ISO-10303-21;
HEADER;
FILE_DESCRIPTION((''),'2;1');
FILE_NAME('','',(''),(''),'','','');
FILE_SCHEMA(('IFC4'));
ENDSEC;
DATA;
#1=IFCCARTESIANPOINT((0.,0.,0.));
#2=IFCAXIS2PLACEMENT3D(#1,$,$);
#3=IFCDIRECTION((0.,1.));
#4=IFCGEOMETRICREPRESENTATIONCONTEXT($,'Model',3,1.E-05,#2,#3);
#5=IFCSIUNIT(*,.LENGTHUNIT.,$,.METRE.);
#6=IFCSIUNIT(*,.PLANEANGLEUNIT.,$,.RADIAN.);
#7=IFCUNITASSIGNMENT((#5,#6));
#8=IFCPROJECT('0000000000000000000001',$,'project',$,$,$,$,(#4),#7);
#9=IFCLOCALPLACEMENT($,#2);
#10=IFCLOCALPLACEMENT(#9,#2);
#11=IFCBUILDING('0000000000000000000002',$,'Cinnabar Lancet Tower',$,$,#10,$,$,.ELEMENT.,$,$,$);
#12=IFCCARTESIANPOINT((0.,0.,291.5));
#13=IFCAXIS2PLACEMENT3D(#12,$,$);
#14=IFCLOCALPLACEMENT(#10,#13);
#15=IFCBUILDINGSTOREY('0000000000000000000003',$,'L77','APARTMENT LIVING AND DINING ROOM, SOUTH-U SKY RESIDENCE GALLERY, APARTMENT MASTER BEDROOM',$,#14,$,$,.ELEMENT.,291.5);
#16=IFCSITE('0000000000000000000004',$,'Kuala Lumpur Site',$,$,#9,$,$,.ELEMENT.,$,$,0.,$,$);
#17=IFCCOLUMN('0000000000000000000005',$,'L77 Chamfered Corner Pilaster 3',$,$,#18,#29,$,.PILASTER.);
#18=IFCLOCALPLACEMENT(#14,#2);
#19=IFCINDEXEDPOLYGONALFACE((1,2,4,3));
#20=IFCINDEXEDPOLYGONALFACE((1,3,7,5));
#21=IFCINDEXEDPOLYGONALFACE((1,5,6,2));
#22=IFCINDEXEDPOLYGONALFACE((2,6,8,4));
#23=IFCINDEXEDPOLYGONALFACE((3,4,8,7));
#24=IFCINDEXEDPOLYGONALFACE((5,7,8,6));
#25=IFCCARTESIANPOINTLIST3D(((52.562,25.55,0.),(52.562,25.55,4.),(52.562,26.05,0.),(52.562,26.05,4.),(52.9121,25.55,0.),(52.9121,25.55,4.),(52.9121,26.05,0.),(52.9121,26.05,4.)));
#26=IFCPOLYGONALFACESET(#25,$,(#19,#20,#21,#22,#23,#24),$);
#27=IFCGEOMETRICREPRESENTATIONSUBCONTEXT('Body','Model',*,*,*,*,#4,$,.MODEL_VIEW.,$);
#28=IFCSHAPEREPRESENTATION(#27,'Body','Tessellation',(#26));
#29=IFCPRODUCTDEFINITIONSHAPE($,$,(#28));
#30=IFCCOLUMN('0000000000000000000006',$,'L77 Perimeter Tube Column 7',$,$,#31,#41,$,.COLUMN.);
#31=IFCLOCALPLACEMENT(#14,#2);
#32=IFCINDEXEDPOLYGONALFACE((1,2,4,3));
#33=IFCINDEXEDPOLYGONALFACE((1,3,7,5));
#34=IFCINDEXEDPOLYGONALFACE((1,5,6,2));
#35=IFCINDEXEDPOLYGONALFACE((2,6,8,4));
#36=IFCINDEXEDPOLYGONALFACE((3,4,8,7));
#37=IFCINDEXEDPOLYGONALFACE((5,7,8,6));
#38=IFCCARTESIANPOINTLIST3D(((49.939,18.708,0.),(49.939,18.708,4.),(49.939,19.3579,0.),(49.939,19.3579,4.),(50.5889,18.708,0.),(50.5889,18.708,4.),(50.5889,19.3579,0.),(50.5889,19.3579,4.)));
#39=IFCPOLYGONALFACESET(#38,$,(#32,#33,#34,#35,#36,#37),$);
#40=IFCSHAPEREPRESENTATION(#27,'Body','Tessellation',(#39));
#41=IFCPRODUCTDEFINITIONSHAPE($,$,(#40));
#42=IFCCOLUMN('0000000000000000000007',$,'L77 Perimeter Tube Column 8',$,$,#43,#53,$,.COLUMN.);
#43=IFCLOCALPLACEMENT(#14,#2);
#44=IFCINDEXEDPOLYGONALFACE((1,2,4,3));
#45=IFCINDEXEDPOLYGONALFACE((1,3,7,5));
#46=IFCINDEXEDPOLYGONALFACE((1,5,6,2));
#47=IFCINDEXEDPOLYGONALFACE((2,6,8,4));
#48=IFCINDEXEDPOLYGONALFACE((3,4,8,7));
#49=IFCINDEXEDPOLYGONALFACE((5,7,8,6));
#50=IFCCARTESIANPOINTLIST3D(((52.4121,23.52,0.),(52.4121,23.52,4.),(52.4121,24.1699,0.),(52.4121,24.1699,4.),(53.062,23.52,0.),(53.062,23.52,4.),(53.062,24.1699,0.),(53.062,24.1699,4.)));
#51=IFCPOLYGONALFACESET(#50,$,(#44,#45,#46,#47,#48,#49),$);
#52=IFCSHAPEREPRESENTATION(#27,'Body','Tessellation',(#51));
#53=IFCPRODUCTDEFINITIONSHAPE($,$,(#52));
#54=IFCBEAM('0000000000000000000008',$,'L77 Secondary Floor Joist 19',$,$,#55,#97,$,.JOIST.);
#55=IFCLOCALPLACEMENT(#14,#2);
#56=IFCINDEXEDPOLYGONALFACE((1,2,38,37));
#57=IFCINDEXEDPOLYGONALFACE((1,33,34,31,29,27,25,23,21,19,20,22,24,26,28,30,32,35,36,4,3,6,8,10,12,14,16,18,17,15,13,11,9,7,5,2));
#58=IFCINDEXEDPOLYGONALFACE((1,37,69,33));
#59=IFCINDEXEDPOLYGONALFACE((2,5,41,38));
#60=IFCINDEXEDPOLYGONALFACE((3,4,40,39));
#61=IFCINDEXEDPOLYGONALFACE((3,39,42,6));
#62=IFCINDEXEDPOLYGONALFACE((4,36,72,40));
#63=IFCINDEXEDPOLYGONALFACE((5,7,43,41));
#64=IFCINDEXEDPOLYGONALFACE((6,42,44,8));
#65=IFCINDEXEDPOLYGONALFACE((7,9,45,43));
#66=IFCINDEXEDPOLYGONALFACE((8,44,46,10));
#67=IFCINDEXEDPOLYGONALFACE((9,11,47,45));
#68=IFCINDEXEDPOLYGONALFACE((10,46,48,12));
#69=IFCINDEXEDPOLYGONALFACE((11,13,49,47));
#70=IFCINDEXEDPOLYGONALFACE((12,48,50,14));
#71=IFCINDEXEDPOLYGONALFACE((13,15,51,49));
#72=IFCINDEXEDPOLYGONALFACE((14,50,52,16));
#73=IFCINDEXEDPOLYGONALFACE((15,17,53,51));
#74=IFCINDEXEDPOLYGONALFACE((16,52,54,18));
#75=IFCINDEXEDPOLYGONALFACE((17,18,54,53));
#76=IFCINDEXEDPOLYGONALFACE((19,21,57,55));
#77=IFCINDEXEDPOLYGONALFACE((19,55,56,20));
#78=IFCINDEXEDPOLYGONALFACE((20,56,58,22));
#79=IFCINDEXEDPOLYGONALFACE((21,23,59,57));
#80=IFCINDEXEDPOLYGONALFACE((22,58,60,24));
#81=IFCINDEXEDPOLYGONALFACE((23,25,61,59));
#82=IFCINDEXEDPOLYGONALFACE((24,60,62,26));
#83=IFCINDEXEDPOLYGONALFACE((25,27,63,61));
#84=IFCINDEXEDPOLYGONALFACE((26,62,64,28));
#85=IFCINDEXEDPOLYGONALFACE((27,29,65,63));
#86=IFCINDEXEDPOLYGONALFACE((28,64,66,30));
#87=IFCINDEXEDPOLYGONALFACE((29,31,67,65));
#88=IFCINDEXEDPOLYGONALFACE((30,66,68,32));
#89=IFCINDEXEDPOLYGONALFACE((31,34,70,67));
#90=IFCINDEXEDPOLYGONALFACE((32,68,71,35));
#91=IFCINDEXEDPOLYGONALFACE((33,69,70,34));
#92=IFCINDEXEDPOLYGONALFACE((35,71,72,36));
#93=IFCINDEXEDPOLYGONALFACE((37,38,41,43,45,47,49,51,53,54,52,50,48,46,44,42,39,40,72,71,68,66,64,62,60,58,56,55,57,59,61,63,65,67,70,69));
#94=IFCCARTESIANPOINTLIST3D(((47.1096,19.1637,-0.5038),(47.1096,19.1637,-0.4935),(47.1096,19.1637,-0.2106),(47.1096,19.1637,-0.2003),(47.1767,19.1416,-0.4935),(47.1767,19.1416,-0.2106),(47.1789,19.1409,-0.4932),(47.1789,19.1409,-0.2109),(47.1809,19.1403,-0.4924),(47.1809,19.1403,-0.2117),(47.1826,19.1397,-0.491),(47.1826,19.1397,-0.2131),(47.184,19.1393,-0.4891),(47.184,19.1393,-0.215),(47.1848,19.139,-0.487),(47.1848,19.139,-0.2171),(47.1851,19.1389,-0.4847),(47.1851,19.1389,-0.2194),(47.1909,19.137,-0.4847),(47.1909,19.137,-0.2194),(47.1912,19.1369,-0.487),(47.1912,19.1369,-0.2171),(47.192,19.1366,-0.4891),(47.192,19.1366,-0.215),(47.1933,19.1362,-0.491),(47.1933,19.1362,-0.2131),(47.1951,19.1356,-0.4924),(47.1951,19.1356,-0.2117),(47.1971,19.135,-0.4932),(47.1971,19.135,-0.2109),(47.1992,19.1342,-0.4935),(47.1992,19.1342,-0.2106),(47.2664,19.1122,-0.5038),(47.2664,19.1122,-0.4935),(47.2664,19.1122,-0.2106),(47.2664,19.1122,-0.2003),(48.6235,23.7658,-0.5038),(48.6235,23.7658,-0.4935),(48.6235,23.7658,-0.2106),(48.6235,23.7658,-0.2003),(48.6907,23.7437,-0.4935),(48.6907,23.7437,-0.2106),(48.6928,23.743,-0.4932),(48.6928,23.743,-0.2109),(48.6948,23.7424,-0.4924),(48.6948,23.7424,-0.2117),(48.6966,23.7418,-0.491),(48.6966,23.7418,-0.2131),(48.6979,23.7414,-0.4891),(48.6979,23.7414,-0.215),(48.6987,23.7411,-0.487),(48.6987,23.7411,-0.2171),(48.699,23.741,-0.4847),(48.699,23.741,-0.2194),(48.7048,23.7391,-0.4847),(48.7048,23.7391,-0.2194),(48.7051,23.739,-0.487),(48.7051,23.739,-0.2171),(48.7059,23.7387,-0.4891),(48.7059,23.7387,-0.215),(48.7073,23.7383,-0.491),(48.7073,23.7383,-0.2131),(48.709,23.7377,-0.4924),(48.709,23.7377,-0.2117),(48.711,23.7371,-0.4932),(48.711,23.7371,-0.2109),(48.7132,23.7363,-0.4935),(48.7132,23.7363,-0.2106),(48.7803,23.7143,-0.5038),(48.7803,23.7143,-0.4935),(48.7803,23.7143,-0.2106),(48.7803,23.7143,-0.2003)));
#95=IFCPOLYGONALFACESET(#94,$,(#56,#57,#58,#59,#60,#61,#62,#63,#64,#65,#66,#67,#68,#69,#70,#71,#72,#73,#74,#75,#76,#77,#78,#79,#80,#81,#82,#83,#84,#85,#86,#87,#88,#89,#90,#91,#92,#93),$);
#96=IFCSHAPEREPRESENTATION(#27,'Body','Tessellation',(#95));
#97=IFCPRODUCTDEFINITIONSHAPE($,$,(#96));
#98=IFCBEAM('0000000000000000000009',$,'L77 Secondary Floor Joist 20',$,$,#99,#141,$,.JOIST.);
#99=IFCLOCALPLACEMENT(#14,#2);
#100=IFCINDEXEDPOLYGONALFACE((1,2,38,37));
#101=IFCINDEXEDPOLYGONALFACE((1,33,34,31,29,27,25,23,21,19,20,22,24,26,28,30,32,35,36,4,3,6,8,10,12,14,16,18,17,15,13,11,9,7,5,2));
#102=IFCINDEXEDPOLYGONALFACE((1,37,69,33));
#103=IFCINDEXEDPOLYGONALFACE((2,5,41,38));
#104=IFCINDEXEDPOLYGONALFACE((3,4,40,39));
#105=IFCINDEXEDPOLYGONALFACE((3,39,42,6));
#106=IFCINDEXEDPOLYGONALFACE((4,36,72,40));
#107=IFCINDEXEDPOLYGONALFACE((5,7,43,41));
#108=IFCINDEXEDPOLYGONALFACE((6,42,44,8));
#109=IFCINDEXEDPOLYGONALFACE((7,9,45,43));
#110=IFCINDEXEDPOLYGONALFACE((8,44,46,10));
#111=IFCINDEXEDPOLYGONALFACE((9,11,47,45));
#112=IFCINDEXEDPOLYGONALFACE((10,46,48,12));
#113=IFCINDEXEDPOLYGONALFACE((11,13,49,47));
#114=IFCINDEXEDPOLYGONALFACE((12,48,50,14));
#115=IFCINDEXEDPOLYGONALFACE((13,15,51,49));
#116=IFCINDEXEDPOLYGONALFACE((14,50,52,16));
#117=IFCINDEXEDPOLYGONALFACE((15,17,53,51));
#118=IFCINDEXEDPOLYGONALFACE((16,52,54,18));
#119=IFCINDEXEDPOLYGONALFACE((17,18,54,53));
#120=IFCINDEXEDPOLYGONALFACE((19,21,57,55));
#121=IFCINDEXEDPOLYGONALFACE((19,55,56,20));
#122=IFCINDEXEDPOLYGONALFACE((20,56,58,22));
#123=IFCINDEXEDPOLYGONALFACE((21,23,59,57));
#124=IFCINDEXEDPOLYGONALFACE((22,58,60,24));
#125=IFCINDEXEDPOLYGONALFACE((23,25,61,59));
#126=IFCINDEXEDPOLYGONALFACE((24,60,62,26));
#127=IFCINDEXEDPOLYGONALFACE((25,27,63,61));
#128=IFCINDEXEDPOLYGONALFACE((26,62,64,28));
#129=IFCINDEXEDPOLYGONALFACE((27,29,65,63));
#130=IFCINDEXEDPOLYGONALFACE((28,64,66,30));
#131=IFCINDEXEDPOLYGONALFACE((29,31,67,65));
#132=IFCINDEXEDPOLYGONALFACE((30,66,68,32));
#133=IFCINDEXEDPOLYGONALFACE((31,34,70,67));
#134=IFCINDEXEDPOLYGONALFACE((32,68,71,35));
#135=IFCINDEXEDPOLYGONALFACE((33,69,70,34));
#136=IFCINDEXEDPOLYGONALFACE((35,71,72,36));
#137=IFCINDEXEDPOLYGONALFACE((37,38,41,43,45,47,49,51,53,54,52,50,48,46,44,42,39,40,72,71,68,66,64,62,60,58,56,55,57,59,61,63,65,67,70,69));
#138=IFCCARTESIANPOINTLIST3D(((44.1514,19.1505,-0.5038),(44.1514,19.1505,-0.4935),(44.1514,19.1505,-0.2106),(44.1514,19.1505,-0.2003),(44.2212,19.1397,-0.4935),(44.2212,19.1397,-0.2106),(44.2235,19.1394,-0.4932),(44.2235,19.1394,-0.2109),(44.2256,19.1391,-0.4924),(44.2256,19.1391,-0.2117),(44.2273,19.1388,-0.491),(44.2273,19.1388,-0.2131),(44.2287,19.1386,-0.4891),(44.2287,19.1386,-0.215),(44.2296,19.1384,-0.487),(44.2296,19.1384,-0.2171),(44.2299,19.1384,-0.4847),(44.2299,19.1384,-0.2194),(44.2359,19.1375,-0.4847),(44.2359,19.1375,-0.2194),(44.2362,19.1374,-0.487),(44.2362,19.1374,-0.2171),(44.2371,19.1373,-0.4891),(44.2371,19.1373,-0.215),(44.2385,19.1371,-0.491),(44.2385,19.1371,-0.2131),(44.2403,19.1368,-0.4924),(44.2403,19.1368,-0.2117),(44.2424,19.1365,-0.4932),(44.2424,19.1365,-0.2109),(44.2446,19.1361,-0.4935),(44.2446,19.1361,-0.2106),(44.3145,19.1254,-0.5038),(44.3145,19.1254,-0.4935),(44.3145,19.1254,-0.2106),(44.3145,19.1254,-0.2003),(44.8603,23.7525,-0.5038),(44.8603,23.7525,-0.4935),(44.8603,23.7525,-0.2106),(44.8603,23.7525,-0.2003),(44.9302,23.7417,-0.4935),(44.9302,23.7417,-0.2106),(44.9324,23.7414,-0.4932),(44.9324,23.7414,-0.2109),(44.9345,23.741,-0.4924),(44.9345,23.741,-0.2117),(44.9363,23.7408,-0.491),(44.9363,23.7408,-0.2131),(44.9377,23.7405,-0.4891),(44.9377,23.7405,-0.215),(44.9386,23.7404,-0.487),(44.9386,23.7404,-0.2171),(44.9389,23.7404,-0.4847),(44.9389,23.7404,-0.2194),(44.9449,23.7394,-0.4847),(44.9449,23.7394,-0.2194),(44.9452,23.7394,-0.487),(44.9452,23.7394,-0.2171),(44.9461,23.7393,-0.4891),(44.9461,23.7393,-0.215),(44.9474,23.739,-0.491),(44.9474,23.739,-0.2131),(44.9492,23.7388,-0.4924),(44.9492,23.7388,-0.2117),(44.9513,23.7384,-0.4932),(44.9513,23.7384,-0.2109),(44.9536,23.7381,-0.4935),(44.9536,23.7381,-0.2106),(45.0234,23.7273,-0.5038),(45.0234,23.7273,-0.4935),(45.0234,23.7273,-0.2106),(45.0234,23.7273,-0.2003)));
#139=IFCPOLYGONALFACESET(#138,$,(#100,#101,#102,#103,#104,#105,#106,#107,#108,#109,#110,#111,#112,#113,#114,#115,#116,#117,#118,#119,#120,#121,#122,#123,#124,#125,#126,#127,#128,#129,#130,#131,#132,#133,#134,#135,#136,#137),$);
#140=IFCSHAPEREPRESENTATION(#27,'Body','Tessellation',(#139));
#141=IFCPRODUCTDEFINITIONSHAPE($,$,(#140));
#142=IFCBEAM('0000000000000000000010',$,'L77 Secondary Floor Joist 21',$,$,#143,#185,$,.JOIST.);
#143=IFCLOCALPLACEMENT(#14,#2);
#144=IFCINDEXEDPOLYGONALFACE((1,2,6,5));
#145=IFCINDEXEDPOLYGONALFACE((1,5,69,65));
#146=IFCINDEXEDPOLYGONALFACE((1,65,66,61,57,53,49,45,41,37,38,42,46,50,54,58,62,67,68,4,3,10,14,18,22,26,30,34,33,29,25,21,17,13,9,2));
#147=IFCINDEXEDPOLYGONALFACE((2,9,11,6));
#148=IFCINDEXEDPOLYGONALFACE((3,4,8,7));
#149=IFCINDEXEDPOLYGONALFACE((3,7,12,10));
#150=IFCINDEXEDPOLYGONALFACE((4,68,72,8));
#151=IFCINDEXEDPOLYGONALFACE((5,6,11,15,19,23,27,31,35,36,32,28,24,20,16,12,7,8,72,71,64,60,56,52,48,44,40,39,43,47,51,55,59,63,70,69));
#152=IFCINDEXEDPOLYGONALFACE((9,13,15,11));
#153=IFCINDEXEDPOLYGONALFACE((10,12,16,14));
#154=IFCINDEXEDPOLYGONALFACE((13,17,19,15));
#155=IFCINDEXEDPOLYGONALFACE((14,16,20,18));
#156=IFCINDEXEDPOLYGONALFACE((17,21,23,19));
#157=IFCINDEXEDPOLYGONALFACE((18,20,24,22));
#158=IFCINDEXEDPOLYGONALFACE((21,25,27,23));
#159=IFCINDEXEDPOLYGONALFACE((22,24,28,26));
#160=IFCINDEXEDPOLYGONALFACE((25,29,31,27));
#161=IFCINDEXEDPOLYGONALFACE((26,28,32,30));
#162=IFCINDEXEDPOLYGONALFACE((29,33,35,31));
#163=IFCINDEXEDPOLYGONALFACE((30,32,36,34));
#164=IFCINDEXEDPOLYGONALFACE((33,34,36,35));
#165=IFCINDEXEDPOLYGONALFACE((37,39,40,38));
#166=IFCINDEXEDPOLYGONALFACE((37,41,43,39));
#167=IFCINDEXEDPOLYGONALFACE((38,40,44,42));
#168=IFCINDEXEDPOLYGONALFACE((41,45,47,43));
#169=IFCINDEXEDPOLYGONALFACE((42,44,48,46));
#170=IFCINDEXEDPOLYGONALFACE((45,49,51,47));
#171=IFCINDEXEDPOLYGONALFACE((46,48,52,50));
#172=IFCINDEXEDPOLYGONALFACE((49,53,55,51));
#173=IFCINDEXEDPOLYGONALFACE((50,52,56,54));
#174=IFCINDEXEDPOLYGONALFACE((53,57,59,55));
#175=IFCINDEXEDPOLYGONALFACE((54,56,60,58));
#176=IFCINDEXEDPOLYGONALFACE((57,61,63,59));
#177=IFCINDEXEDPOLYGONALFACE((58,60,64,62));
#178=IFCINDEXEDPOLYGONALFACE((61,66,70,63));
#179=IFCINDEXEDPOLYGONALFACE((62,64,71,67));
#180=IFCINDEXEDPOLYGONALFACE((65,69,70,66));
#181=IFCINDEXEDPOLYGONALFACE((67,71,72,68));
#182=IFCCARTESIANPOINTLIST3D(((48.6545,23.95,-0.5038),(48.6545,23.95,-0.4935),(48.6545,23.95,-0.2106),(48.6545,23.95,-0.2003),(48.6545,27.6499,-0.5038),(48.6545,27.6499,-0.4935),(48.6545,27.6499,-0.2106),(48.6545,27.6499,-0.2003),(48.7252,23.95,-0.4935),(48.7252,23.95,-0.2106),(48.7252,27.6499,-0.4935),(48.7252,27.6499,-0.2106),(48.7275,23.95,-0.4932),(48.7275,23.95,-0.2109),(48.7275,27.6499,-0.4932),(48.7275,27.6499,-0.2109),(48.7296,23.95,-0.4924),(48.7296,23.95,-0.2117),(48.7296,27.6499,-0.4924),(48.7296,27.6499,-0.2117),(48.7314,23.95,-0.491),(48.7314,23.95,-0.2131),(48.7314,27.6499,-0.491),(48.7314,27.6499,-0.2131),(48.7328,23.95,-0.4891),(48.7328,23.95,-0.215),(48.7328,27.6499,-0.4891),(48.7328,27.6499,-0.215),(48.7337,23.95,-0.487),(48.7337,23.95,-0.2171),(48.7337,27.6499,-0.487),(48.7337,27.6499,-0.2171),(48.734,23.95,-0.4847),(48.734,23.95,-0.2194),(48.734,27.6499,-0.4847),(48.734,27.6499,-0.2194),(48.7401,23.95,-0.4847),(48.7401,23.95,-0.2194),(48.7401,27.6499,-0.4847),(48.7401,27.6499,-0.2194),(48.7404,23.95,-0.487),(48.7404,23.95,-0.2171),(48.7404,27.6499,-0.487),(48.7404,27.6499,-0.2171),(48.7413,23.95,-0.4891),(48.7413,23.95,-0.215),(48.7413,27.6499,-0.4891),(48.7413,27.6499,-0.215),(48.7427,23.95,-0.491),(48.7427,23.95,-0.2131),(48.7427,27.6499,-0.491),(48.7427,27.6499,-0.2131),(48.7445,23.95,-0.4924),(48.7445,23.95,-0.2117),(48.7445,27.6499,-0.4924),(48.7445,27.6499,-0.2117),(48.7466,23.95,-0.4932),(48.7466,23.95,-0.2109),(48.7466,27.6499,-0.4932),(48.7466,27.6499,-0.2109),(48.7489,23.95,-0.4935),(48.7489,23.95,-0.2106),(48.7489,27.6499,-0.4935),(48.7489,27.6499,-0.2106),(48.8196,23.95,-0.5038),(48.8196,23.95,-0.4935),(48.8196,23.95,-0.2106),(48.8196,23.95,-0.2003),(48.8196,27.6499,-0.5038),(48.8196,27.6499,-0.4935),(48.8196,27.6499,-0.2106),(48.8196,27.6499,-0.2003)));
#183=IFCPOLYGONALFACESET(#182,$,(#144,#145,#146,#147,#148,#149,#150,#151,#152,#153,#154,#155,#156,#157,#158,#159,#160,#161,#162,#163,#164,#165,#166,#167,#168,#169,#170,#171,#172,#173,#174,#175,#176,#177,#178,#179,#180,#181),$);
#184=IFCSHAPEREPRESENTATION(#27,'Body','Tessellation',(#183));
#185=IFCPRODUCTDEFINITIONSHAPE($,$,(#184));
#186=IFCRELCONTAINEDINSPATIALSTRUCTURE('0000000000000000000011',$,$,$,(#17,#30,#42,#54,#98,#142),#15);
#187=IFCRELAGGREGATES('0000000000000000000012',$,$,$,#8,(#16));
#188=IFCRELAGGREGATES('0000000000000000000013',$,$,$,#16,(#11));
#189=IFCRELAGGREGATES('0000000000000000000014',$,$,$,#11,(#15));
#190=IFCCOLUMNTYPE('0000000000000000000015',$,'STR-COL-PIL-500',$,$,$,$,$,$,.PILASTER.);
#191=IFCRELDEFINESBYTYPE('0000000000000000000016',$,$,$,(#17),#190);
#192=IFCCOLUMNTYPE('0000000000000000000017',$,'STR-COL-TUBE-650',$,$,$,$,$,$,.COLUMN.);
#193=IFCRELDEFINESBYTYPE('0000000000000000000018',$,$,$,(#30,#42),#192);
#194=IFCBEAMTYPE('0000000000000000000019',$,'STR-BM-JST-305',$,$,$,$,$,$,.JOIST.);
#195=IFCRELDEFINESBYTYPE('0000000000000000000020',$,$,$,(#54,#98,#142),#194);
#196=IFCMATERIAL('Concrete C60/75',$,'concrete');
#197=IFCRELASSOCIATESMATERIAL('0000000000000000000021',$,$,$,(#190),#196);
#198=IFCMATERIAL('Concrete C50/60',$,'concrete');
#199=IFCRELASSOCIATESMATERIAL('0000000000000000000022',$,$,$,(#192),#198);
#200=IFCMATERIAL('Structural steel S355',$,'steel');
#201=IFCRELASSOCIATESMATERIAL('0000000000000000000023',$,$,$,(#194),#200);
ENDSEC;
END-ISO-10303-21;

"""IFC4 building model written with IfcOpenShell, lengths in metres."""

from ifc_helpers import new_model, si_unit, direction, frame, origin, origin_2d, place, context, subcontext, project, spatial, rectangle, i_section, extrude, material, material_profile, profile_set, type_object, element, save


model = new_model("IFC4")

# Units and contexts
model_context = context("Model", 3, precision=1e-05, world=origin(), true_north=direction((0.0, 1.0)))
body_context = subcontext(model_context, "Body", "Model", "MODEL_VIEW")
ifc_project = project(units=[si_unit("LENGTHUNIT", "METRE"), si_unit("PLANEANGLEUNIT", "RADIAN")], contexts=[model_context])

# Site, building, storey
site_placement = place(None, origin())
site = spatial("IfcSite", under=ifc_project, at=site_placement, Name="Kuala Lumpur Site", CompositionType="ELEMENT", RefElevation=0.0)
building_placement = place(site_placement, origin())
building = spatial("IfcBuilding", under=site, at=building_placement, Name="Cinnabar Lancet Tower", CompositionType="ELEMENT")
storey_placement = place(building_placement, frame((0.0, 0.0, 291.5)))
storey = spatial("IfcBuildingStorey", under=building, at=storey_placement, Name="L77", Description="APARTMENT LIVING AND DINING ROOM, SOUTH-U SKY RESIDENCE GALLERY, APARTMENT MASTER BEDROOM", CompositionType="ELEMENT", Elevation=291.5)

# Columns
ifc_material_1 = material(Name="Concrete C60/75", Category="concrete")
ifc_material_profile_1 = material_profile(ifc_material_1, rectangle(XDim=0.5, YDim=0.3501, at=origin_2d()), Name="RC-PIL 500x350")
ifc_profile_set_1 = profile_set([ifc_material_profile_1], Name="Concrete C60/75")
column_type_1 = type_object("IfcColumnType", Name="STR-COL-PIL-500", PredefinedType="PILASTER", material=ifc_profile_set_1)
column_placement = place(storey_placement, frame((52.7371, 25.8, 0.0), z_axis=(0.0, 0.0, 1.0), x_axis=(0.0, 1.0, 0.0)))
element("IfcColumn", 1, at=column_placement, inside=storey, type_object=column_type_1, Name="L77 Chamfered Corner Pilaster 3", PredefinedType="PILASTER", context=body_context, shape_type="SweptSolid", body=[
    extrude(rectangle(XDim=0.5, YDim=0.3501, at=origin_2d()), origin(), (0.0, 0.0, 1.0), 4.0),
])
ifc_material_2 = material(Name="Concrete C50/60", Category="concrete")
ifc_material_profile_2 = material_profile(ifc_material_2, rectangle(XDim=0.6499, YDim=0.6499, at=origin_2d()), Name="RC-COL 650x650")
ifc_profile_set_2 = profile_set([ifc_material_profile_2], Name="Concrete C50/60")
column_type_2 = type_object("IfcColumnType", Name="STR-COL-TUBE-650", PredefinedType="COLUMN", material=ifc_profile_set_2)
for number, where, z_axis, x_axis, name in (
    (2, (50.2639, 19.033, 0.0), (0.0, 0.0, 1.0), (1.0, 0.0, 0.0), "L77 Perimeter Tube Column 7"),
    (3, (52.7371, 23.845, 0.0), (0.0, 0.0, 1.0), (1.0, 0.0, 0.0), "L77 Perimeter Tube Column 8"),
):
    element("IfcColumn", number, at=place(storey_placement, frame(where, z_axis=z_axis, x_axis=x_axis)), inside=storey, type_object=column_type_2, Name=name, PredefinedType="COLUMN", context=body_context, shape_type="SweptSolid", body=[
        extrude(rectangle(XDim=0.6499, YDim=0.6499, at=origin_2d()), origin(), (0.0, 0.0, 1.0), 4.0),
    ])

# Beams
ifc_material_3 = material(Name="Structural steel S355", Category="steel")
ifc_material_profile_3 = material_profile(ifc_material_3, i_section(OverallWidth=0.165, OverallDepth=0.3035, WebThickness=0.0061, FlangeThickness=0.0103, FilletRadius=0.0088, at=origin_2d()), Name="UKB 305x165x40")
ifc_profile_set_3 = profile_set([ifc_material_profile_3], Name="Structural steel S355")
beam_type_1 = type_object("IfcBeamType", Name="STR-BM-JST-305", PredefinedType="JOIST", material=ifc_profile_set_3)
beam_1_placement = place(storey_placement, frame((47.188, 19.1379, -0.3521), z_axis=(0.312491, 0.949921, 0.0), x_axis=(-0.949921, 0.312491, 0.0)))
element("IfcBeam", 4, at=beam_1_placement, inside=storey, type_object=beam_type_1, Name="L77 Secondary Floor Joist 19", PredefinedType="JOIST", context=body_context, shape_type="SweptSolid", body=[
    extrude(i_section(OverallWidth=0.165, OverallDepth=0.3035, WebThickness=0.0061, FlangeThickness=0.0103, FilletRadius=0.0088, at=origin_2d()), origin(), (0.0, 0.0, 1.0), 4.8447),
])
beam_2_placement = place(storey_placement, frame((44.2329, 19.1379, -0.3521), z_axis=(0.152262, 0.98834, 0.0), x_axis=(-0.98834, 0.152262, 0.0)))
element("IfcBeam", 5, at=beam_2_placement, inside=storey, type_object=beam_type_1, Name="L77 Secondary Floor Joist 20", PredefinedType="JOIST", context=body_context, shape_type="SweptSolid", body=[
    extrude(i_section(OverallWidth=0.165, OverallDepth=0.3035, WebThickness=0.0061, FlangeThickness=0.0103, FilletRadius=0.0088, at=origin_2d()), origin(), (0.0, 0.0, 1.0), 4.6562),
])
for number, where, z_axis, x_axis, name in (
    (6, (48.7371, 23.95, -0.3521), (0.0, 1.0, 0.0), (-1.0, 0.0, 0.0), "L77 Secondary Floor Joist 21"),
):
    element("IfcBeam", number, at=place(storey_placement, frame(where, z_axis=z_axis, x_axis=x_axis)), inside=storey, type_object=beam_type_1, Name=name, PredefinedType="JOIST", context=body_context, shape_type="SweptSolid", body=[
        extrude(i_section(OverallWidth=0.165, OverallDepth=0.3035, WebThickness=0.0061, FlangeThickness=0.0103, FilletRadius=0.0088, at=origin_2d()), origin(), (0.0, 0.0, 1.0), 3.7),
    ])

save(model, "model.ifc")
